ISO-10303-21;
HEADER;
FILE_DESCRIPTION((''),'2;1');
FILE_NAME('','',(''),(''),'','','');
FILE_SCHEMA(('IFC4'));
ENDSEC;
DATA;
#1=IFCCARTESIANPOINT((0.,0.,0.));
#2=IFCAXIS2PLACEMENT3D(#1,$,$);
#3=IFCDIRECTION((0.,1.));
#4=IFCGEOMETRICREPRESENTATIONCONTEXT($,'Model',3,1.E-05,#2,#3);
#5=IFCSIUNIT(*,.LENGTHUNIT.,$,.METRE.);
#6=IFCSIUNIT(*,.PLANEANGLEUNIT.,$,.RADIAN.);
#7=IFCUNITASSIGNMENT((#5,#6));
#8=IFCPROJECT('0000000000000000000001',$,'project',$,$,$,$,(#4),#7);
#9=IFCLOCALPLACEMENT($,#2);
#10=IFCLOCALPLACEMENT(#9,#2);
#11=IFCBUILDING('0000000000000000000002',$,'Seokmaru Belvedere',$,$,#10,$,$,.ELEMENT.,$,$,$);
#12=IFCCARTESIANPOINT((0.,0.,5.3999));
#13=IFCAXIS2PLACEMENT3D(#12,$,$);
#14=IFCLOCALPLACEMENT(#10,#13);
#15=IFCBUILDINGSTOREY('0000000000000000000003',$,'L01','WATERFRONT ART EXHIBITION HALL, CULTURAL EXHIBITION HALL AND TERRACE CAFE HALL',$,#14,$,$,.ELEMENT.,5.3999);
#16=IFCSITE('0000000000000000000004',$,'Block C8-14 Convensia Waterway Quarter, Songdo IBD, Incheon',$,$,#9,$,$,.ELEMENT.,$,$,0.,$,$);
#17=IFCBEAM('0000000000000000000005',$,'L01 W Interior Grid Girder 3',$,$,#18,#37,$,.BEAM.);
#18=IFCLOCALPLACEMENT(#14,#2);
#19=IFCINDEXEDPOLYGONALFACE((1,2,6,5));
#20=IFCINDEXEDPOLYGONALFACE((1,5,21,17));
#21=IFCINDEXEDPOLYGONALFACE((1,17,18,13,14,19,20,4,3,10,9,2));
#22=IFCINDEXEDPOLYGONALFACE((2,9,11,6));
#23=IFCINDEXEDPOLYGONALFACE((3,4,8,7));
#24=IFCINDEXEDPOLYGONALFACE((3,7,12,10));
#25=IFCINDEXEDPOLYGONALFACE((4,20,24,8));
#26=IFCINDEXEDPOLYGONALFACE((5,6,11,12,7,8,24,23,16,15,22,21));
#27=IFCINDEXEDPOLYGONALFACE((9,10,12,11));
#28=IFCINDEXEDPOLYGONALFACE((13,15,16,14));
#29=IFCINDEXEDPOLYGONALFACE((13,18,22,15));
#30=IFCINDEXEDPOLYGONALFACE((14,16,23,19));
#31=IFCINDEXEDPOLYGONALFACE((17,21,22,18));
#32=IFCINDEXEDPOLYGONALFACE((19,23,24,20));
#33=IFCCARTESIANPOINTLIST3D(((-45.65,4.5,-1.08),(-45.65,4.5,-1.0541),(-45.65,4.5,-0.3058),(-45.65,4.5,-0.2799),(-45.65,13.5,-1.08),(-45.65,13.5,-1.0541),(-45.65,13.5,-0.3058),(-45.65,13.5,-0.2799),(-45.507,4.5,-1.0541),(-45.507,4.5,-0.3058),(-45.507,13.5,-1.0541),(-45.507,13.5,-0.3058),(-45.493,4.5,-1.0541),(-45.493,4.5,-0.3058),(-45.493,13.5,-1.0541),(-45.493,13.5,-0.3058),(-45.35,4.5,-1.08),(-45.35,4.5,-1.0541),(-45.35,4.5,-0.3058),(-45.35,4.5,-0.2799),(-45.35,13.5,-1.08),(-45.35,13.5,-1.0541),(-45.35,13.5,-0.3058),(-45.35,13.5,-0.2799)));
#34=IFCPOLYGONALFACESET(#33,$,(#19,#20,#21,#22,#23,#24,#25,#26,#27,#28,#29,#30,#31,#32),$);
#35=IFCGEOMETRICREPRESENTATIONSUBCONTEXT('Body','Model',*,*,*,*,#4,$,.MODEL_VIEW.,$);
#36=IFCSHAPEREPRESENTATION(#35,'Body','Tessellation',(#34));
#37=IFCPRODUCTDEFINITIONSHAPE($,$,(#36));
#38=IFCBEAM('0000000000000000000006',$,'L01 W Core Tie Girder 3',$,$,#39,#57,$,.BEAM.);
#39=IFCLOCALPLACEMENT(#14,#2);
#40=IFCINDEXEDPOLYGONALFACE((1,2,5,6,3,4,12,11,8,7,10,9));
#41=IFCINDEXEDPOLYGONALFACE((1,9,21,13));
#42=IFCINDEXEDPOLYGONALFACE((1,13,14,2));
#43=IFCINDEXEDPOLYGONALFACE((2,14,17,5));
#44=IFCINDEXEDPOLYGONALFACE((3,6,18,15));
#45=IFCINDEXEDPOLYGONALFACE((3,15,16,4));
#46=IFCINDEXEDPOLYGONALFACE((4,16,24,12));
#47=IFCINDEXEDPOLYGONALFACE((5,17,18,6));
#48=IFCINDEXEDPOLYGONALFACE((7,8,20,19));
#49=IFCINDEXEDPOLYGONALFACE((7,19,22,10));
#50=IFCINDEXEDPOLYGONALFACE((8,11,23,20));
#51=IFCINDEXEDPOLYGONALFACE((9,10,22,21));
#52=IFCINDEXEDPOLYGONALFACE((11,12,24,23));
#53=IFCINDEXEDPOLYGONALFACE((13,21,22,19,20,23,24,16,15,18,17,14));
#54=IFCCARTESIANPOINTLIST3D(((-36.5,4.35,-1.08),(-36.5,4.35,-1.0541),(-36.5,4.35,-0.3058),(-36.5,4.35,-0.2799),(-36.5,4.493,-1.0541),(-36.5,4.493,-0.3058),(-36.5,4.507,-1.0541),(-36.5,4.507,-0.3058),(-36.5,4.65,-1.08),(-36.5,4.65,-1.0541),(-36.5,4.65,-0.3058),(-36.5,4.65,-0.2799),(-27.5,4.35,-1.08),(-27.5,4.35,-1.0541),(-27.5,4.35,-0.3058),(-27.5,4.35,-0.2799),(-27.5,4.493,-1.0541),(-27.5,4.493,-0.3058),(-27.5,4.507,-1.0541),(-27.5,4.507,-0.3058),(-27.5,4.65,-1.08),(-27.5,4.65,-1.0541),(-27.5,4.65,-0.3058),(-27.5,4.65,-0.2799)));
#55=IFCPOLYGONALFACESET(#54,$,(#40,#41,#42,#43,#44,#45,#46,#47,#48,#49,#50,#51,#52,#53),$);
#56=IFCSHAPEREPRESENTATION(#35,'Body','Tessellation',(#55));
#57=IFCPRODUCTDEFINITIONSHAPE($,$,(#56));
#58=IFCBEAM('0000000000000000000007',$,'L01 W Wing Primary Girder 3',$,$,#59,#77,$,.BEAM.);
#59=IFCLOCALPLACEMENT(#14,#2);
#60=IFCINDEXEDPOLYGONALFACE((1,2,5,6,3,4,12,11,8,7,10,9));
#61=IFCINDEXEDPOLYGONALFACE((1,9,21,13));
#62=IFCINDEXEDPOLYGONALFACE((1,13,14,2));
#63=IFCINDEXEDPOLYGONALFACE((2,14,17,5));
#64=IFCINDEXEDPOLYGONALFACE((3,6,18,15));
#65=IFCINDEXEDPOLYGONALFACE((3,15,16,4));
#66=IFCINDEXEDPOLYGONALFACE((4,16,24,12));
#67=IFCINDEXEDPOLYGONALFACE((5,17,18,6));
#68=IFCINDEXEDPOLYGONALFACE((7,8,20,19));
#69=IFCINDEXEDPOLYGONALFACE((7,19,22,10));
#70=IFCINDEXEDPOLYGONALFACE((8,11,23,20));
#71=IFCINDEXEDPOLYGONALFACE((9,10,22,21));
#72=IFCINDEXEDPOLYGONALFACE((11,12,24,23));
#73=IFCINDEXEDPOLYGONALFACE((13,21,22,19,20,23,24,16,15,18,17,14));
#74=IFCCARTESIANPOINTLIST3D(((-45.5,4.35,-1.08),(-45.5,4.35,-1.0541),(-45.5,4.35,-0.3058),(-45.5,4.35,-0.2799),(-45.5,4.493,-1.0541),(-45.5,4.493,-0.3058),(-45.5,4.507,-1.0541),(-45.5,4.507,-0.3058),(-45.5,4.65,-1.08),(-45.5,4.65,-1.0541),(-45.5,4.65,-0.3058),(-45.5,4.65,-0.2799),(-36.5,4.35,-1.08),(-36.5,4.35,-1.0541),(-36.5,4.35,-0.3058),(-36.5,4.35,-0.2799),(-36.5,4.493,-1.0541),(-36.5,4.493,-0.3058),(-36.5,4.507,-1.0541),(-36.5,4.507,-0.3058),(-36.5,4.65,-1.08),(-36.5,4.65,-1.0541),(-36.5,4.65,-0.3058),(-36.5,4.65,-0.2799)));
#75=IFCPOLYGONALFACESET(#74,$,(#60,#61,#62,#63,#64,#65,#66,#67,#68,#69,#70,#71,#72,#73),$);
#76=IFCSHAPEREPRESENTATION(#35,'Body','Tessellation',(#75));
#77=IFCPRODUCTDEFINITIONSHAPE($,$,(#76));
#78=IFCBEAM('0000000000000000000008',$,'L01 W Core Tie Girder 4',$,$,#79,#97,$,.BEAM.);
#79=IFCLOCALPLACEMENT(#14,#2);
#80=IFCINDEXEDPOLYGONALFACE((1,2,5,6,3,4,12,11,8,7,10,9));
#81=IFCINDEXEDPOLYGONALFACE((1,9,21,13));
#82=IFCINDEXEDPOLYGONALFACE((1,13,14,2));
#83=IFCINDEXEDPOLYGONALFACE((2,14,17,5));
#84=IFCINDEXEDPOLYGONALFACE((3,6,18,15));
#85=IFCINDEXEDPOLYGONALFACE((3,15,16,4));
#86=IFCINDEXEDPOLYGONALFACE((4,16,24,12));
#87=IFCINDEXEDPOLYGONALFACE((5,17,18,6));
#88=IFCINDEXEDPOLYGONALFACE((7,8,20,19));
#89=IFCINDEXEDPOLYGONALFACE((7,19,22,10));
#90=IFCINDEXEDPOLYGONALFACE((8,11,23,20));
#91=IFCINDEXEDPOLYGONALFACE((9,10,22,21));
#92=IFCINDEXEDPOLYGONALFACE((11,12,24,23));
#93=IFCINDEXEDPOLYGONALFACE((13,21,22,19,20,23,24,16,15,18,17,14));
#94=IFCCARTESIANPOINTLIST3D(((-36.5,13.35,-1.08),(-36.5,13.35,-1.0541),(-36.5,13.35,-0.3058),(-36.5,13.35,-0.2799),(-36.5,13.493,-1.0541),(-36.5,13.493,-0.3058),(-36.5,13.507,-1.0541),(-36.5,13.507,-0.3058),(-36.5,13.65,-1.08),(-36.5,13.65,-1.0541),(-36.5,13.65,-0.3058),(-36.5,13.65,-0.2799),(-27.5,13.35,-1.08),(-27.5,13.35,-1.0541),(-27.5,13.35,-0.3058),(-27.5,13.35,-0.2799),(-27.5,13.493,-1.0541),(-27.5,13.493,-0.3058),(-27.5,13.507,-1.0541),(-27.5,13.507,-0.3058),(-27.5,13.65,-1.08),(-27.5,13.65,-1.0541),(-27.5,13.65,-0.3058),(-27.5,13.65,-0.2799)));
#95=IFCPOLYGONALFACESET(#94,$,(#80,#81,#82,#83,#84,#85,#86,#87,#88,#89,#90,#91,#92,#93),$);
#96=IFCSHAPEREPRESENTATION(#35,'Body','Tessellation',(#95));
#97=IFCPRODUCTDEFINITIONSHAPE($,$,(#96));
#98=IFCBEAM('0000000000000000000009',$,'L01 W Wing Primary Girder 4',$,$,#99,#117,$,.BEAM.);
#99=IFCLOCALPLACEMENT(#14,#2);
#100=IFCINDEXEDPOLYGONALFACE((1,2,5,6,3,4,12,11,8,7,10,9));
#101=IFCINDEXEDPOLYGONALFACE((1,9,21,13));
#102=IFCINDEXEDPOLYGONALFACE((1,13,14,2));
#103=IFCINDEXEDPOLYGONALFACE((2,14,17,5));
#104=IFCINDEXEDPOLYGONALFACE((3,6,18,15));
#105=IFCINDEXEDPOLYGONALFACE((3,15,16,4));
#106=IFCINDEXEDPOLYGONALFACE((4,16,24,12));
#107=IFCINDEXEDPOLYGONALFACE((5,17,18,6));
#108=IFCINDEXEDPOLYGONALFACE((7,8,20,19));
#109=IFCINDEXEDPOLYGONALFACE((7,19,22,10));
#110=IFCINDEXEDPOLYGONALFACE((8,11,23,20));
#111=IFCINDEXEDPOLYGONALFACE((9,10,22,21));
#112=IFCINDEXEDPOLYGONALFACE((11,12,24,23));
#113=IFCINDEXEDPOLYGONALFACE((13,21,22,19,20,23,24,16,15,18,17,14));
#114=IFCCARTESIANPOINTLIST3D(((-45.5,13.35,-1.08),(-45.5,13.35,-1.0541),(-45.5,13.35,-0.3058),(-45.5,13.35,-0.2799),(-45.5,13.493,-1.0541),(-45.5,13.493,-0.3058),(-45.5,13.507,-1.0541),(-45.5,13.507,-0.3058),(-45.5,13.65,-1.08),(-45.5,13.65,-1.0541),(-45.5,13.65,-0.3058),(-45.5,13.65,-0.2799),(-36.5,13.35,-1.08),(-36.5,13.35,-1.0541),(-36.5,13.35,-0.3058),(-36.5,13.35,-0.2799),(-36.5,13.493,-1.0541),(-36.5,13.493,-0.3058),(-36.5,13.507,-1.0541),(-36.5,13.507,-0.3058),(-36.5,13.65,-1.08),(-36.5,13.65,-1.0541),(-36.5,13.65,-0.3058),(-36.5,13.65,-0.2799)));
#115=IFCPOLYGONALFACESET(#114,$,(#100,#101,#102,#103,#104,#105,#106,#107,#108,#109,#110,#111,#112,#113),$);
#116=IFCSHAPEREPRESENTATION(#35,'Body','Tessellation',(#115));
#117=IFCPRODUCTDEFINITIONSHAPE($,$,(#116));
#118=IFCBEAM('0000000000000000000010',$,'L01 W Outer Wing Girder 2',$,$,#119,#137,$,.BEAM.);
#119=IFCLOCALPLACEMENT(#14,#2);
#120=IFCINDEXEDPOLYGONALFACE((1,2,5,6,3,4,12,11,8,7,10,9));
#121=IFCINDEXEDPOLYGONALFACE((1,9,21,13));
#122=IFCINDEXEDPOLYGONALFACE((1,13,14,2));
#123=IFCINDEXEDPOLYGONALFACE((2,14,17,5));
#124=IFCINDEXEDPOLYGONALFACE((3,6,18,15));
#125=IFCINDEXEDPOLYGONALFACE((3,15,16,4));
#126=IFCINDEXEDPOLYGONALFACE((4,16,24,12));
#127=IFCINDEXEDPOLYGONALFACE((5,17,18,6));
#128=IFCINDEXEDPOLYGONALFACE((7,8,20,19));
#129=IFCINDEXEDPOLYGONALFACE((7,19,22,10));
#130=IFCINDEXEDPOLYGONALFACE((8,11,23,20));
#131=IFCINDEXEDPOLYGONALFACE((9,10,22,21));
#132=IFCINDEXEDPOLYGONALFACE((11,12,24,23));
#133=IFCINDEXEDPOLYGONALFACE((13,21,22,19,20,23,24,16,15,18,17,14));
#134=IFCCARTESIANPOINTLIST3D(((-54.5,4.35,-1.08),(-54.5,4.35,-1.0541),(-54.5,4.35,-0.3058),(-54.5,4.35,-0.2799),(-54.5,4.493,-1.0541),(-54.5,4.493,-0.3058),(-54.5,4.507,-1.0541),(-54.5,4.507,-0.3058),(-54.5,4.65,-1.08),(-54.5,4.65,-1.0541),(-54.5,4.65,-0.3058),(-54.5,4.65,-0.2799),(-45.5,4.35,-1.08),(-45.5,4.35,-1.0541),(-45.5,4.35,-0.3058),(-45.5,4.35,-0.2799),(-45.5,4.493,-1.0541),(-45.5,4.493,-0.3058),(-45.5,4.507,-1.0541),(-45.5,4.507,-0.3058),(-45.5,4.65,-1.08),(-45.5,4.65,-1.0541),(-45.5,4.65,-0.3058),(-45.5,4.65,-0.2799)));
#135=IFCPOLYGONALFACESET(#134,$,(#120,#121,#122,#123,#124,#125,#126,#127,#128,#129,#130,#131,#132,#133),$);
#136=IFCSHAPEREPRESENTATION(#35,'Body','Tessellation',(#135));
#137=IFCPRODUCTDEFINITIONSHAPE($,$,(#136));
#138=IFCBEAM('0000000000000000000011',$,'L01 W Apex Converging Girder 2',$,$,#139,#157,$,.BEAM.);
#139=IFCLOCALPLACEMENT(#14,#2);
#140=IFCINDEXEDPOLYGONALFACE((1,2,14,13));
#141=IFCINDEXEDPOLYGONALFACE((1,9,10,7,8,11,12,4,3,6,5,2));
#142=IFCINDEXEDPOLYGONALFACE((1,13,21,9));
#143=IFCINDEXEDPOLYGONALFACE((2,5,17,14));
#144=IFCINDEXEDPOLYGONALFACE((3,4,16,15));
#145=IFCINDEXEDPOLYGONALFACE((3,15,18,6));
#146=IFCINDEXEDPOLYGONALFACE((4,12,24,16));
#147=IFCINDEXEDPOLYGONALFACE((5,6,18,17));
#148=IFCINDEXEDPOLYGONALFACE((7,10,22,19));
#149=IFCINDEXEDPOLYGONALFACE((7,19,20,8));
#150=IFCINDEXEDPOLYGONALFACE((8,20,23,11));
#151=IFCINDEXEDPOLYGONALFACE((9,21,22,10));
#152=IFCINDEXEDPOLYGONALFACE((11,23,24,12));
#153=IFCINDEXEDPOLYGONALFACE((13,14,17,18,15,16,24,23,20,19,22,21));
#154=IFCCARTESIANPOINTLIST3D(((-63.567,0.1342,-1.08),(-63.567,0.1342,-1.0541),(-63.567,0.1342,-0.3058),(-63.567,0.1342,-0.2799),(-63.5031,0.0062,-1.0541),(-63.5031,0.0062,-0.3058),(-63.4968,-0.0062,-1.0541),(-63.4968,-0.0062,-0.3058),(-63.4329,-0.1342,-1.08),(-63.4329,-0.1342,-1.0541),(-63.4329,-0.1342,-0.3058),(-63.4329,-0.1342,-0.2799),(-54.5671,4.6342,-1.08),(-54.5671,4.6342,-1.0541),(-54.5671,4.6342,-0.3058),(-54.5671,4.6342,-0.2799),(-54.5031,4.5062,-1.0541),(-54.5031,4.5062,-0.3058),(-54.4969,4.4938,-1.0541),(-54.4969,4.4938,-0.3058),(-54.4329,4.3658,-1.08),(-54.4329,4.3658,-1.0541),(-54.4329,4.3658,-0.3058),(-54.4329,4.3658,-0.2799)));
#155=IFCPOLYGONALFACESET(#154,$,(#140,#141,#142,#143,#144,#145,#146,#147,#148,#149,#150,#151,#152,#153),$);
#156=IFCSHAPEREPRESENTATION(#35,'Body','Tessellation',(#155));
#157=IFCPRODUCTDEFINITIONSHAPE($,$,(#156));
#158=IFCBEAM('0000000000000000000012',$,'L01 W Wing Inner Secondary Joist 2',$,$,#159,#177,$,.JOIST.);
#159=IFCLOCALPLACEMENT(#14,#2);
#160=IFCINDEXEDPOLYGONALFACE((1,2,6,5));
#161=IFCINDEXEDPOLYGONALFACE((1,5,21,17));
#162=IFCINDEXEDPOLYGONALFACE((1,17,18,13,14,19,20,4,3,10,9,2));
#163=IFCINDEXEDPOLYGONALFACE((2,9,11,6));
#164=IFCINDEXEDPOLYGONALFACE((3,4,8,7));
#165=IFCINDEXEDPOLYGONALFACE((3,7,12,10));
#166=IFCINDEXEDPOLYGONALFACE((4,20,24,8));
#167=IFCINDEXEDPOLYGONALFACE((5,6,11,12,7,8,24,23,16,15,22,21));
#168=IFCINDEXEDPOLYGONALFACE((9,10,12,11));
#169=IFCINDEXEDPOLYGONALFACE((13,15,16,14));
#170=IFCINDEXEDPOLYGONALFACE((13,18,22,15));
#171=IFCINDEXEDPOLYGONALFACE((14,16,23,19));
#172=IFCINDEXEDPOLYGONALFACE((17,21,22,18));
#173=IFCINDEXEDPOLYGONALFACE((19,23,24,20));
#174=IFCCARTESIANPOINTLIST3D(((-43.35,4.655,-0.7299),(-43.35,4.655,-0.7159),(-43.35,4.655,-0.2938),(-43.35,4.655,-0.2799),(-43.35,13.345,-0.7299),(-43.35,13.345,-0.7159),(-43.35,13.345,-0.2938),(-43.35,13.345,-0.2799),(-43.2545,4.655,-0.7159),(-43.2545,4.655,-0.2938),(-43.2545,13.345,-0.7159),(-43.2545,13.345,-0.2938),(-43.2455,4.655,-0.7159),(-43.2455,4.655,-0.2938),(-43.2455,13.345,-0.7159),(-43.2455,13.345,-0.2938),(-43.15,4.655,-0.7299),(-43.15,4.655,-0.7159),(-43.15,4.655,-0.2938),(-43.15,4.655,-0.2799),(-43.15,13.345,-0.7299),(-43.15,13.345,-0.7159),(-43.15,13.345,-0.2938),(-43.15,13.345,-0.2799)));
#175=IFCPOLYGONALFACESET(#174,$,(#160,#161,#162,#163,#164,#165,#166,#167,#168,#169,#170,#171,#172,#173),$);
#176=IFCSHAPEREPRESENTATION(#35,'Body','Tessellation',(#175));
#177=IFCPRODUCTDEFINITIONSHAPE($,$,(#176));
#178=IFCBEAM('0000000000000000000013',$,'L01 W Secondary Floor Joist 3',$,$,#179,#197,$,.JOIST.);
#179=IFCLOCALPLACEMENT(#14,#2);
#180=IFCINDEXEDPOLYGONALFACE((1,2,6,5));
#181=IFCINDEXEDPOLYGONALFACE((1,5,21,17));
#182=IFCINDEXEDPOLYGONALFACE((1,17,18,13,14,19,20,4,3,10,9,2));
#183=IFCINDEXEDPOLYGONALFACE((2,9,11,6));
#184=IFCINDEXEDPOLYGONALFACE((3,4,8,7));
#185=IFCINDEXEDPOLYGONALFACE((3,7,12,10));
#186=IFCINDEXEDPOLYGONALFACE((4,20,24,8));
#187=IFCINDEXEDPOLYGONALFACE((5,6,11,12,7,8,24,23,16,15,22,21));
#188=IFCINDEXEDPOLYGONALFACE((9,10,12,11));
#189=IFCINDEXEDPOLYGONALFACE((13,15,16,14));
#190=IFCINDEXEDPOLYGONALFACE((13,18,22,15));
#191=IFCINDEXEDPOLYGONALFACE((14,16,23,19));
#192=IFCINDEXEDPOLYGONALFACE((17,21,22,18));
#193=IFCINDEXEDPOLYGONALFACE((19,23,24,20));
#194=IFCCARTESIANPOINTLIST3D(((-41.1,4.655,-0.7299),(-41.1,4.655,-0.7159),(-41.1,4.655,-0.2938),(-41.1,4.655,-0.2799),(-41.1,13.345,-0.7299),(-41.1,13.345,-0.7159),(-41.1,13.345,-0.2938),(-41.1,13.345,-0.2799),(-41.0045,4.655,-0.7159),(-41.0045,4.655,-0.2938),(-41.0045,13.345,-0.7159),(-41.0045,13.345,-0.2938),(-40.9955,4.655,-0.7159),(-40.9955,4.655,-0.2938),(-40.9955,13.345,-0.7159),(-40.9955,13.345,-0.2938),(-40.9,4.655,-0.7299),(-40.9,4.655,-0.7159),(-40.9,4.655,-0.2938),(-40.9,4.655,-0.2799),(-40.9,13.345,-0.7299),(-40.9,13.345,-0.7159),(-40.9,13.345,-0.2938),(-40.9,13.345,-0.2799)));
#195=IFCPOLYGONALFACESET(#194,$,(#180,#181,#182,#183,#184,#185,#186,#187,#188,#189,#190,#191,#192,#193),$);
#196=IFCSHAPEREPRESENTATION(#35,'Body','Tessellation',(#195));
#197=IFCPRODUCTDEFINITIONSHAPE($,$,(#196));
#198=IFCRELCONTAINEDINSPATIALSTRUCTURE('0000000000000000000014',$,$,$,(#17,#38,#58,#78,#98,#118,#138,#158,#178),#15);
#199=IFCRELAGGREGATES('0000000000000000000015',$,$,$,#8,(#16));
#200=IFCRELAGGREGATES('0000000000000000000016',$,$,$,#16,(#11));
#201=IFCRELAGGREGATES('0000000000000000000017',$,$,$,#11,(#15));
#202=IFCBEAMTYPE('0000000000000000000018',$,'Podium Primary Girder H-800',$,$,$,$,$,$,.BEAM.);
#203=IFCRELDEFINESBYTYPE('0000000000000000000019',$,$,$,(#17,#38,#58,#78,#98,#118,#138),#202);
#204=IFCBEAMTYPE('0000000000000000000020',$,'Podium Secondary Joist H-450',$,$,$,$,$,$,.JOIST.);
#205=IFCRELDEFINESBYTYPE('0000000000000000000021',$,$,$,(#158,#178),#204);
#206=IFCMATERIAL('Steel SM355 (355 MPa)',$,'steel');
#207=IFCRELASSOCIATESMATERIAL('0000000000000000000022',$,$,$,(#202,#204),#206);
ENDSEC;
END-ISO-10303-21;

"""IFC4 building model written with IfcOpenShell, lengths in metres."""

from ifc_helpers import new_model, si_unit, direction, frame, origin, origin_2d, place, context, subcontext, project, spatial, i_section, extrude, source, transform, mapped, material, material_profile, profile_set, type_object, type_shapes, element, save


model = new_model("IFC4")

# Units and contexts
model_context = context("Model", 3, precision=1e-05, world=origin(), true_north=direction((0.0, 1.0)))
body_context = subcontext(model_context, "Body", "Model", "MODEL_VIEW")
ifc_project = project(units=[si_unit("LENGTHUNIT", "METRE"), si_unit("PLANEANGLEUNIT", "RADIAN")], contexts=[model_context])

# Site, building, storey
site_placement = place(None, origin())
site = spatial("IfcSite", under=ifc_project, at=site_placement, Name="Block C8-14 Convensia Waterway Quarter, Songdo IBD, Incheon", CompositionType="ELEMENT", RefElevation=0.0)
building_placement = place(site_placement, origin())
building = spatial("IfcBuilding", under=site, at=building_placement, Name="Seokmaru Belvedere", CompositionType="ELEMENT")
storey_placement = place(building_placement, frame((0.0, 0.0, 5.3999)))
storey = spatial("IfcBuildingStorey", under=building, at=storey_placement, Name="L01", Description="WATERFRONT ART EXHIBITION HALL, CULTURAL EXHIBITION HALL AND TERRACE CAFE HALL", CompositionType="ELEMENT", Elevation=5.3999)

# Shared definitions
ifc_material_1 = material(Name="Steel SM355 (355 MPa)", Category="steel")

# Beams
ifc_material_profile_1 = material_profile(ifc_material_1, i_section(OverallWidth=0.3, OverallDepth=0.8, WebThickness=0.0139, FlangeThickness=0.0259, at=origin_2d()), Name="H-800x300x14x26")
ifc_profile_set_1 = profile_set([ifc_material_profile_1], Name="Steel SM355 (355 MPa)")
beam_type_1 = type_object("IfcBeamType", Name="Podium Primary Girder H-800", PredefinedType="BEAM", material=ifc_profile_set_1)
shared_shape_1 = source(origin(), body_context, "Body", "SweptSolid", [
    extrude(i_section(OverallWidth=0.3, OverallDepth=0.8, WebThickness=0.0139, FlangeThickness=0.0259, at=origin_2d()), origin(), (0.0, 0.0, 1.0), 9.0),
])
for number, where, z_axis, x_axis, name in (
    (1, (-45.5, 4.5, -0.6799), (0.0, 1.0, 0.0), (-1.0, 0.0, 0.0), "L01 W Interior Grid Girder 3"),
    (2, (-36.5, 4.5, -0.6799), (1.0, 0.0, 0.0), (0.0, 1.0, 0.0), "L01 W Core Tie Girder 3"),
    (3, (-45.5, 4.5, -0.6799), (1.0, 0.0, 0.0), (0.0, 1.0, 0.0), "L01 W Wing Primary Girder 3"),
    (4, (-36.5, 13.5, -0.6799), (1.0, 0.0, 0.0), (0.0, 1.0, 0.0), "L01 W Core Tie Girder 4"),
    (5, (-45.5, 13.5, -0.6799), (1.0, 0.0, 0.0), (0.0, 1.0, 0.0), "L01 W Wing Primary Girder 4"),
    (6, (-54.5, 4.5, -0.6799), (1.0, 0.0, 0.0), (0.0, 1.0, 0.0), "L01 W Outer Wing Girder 2"),
):
    element("IfcBeam", number, at=place(storey_placement, frame(where, z_axis=z_axis, x_axis=x_axis)), inside=storey, type_object=beam_type_1, Name=name, PredefinedType="BEAM", context=body_context, shape_type="MappedRepresentation", body=[
        mapped(shared_shape_1, transform((0.0, 0.0, 0.0), scale=1.0)),
    ])
shared_shape_2 = source(origin(), body_context, "Body", "SweptSolid", [
    extrude(i_section(OverallWidth=0.3, OverallDepth=0.8, WebThickness=0.0139, FlangeThickness=0.0259, at=origin_2d()), origin(), (0.0, 0.0, 1.0), 10.0623),
])
beam_1_placement = place(storey_placement, frame((-54.5, 4.5, -0.6799), z_axis=(-0.894427, -0.447214, 0.0), x_axis=(0.447214, -0.894427, 0.0)))
element("IfcBeam", 7, at=beam_1_placement, inside=storey, type_object=beam_type_1, Name="L01 W Apex Converging Girder 2", PredefinedType="BEAM", context=body_context, shape_type="MappedRepresentation", body=[
    mapped(shared_shape_2, transform((0.0, 0.0, 0.0), scale=1.0)),
])
ifc_material_profile_2 = material_profile(ifc_material_1, i_section(OverallWidth=0.2, OverallDepth=0.45, WebThickness=0.009, FlangeThickness=0.0139, at=origin_2d()), Name="H-450x200x9x14")
ifc_profile_set_2 = profile_set([ifc_material_profile_2], Name="Steel SM355 (355 MPa)")
beam_type_2 = type_object("IfcBeamType", Name="Podium Secondary Joist H-450", PredefinedType="JOIST", material=ifc_profile_set_2)
shared_shape_3 = source(origin(), body_context, "Body", "SweptSolid", [
    extrude(i_section(OverallWidth=0.2, OverallDepth=0.45, WebThickness=0.009, FlangeThickness=0.0139, at=origin_2d()), origin(), (0.0, 0.0, 1.0), 8.6899),
])
type_shapes(beam_type_2, [shared_shape_3])
for number, where, z_axis, x_axis, name in (
    (8, (-43.25, 4.655, -0.5049), (0.0, 1.0, 0.0), (-1.0, 0.0, 0.0), "L01 W Wing Inner Secondary Joist 2"),
    (9, (-41.0, 4.655, -0.5049), (0.0, 1.0, 0.0), (-1.0, 0.0, 0.0), "L01 W Secondary Floor Joist 3"),
):
    element("IfcBeam", number, at=place(storey_placement, frame(where, z_axis=z_axis, x_axis=x_axis)), inside=storey, type_object=beam_type_2, Name=name, PredefinedType="JOIST", context=body_context, shape_type="MappedRepresentation", body=[
        mapped(shared_shape_3, transform((0.0, 0.0, 0.0), scale=1.0)),
    ])

save(model, "model.ifc")
